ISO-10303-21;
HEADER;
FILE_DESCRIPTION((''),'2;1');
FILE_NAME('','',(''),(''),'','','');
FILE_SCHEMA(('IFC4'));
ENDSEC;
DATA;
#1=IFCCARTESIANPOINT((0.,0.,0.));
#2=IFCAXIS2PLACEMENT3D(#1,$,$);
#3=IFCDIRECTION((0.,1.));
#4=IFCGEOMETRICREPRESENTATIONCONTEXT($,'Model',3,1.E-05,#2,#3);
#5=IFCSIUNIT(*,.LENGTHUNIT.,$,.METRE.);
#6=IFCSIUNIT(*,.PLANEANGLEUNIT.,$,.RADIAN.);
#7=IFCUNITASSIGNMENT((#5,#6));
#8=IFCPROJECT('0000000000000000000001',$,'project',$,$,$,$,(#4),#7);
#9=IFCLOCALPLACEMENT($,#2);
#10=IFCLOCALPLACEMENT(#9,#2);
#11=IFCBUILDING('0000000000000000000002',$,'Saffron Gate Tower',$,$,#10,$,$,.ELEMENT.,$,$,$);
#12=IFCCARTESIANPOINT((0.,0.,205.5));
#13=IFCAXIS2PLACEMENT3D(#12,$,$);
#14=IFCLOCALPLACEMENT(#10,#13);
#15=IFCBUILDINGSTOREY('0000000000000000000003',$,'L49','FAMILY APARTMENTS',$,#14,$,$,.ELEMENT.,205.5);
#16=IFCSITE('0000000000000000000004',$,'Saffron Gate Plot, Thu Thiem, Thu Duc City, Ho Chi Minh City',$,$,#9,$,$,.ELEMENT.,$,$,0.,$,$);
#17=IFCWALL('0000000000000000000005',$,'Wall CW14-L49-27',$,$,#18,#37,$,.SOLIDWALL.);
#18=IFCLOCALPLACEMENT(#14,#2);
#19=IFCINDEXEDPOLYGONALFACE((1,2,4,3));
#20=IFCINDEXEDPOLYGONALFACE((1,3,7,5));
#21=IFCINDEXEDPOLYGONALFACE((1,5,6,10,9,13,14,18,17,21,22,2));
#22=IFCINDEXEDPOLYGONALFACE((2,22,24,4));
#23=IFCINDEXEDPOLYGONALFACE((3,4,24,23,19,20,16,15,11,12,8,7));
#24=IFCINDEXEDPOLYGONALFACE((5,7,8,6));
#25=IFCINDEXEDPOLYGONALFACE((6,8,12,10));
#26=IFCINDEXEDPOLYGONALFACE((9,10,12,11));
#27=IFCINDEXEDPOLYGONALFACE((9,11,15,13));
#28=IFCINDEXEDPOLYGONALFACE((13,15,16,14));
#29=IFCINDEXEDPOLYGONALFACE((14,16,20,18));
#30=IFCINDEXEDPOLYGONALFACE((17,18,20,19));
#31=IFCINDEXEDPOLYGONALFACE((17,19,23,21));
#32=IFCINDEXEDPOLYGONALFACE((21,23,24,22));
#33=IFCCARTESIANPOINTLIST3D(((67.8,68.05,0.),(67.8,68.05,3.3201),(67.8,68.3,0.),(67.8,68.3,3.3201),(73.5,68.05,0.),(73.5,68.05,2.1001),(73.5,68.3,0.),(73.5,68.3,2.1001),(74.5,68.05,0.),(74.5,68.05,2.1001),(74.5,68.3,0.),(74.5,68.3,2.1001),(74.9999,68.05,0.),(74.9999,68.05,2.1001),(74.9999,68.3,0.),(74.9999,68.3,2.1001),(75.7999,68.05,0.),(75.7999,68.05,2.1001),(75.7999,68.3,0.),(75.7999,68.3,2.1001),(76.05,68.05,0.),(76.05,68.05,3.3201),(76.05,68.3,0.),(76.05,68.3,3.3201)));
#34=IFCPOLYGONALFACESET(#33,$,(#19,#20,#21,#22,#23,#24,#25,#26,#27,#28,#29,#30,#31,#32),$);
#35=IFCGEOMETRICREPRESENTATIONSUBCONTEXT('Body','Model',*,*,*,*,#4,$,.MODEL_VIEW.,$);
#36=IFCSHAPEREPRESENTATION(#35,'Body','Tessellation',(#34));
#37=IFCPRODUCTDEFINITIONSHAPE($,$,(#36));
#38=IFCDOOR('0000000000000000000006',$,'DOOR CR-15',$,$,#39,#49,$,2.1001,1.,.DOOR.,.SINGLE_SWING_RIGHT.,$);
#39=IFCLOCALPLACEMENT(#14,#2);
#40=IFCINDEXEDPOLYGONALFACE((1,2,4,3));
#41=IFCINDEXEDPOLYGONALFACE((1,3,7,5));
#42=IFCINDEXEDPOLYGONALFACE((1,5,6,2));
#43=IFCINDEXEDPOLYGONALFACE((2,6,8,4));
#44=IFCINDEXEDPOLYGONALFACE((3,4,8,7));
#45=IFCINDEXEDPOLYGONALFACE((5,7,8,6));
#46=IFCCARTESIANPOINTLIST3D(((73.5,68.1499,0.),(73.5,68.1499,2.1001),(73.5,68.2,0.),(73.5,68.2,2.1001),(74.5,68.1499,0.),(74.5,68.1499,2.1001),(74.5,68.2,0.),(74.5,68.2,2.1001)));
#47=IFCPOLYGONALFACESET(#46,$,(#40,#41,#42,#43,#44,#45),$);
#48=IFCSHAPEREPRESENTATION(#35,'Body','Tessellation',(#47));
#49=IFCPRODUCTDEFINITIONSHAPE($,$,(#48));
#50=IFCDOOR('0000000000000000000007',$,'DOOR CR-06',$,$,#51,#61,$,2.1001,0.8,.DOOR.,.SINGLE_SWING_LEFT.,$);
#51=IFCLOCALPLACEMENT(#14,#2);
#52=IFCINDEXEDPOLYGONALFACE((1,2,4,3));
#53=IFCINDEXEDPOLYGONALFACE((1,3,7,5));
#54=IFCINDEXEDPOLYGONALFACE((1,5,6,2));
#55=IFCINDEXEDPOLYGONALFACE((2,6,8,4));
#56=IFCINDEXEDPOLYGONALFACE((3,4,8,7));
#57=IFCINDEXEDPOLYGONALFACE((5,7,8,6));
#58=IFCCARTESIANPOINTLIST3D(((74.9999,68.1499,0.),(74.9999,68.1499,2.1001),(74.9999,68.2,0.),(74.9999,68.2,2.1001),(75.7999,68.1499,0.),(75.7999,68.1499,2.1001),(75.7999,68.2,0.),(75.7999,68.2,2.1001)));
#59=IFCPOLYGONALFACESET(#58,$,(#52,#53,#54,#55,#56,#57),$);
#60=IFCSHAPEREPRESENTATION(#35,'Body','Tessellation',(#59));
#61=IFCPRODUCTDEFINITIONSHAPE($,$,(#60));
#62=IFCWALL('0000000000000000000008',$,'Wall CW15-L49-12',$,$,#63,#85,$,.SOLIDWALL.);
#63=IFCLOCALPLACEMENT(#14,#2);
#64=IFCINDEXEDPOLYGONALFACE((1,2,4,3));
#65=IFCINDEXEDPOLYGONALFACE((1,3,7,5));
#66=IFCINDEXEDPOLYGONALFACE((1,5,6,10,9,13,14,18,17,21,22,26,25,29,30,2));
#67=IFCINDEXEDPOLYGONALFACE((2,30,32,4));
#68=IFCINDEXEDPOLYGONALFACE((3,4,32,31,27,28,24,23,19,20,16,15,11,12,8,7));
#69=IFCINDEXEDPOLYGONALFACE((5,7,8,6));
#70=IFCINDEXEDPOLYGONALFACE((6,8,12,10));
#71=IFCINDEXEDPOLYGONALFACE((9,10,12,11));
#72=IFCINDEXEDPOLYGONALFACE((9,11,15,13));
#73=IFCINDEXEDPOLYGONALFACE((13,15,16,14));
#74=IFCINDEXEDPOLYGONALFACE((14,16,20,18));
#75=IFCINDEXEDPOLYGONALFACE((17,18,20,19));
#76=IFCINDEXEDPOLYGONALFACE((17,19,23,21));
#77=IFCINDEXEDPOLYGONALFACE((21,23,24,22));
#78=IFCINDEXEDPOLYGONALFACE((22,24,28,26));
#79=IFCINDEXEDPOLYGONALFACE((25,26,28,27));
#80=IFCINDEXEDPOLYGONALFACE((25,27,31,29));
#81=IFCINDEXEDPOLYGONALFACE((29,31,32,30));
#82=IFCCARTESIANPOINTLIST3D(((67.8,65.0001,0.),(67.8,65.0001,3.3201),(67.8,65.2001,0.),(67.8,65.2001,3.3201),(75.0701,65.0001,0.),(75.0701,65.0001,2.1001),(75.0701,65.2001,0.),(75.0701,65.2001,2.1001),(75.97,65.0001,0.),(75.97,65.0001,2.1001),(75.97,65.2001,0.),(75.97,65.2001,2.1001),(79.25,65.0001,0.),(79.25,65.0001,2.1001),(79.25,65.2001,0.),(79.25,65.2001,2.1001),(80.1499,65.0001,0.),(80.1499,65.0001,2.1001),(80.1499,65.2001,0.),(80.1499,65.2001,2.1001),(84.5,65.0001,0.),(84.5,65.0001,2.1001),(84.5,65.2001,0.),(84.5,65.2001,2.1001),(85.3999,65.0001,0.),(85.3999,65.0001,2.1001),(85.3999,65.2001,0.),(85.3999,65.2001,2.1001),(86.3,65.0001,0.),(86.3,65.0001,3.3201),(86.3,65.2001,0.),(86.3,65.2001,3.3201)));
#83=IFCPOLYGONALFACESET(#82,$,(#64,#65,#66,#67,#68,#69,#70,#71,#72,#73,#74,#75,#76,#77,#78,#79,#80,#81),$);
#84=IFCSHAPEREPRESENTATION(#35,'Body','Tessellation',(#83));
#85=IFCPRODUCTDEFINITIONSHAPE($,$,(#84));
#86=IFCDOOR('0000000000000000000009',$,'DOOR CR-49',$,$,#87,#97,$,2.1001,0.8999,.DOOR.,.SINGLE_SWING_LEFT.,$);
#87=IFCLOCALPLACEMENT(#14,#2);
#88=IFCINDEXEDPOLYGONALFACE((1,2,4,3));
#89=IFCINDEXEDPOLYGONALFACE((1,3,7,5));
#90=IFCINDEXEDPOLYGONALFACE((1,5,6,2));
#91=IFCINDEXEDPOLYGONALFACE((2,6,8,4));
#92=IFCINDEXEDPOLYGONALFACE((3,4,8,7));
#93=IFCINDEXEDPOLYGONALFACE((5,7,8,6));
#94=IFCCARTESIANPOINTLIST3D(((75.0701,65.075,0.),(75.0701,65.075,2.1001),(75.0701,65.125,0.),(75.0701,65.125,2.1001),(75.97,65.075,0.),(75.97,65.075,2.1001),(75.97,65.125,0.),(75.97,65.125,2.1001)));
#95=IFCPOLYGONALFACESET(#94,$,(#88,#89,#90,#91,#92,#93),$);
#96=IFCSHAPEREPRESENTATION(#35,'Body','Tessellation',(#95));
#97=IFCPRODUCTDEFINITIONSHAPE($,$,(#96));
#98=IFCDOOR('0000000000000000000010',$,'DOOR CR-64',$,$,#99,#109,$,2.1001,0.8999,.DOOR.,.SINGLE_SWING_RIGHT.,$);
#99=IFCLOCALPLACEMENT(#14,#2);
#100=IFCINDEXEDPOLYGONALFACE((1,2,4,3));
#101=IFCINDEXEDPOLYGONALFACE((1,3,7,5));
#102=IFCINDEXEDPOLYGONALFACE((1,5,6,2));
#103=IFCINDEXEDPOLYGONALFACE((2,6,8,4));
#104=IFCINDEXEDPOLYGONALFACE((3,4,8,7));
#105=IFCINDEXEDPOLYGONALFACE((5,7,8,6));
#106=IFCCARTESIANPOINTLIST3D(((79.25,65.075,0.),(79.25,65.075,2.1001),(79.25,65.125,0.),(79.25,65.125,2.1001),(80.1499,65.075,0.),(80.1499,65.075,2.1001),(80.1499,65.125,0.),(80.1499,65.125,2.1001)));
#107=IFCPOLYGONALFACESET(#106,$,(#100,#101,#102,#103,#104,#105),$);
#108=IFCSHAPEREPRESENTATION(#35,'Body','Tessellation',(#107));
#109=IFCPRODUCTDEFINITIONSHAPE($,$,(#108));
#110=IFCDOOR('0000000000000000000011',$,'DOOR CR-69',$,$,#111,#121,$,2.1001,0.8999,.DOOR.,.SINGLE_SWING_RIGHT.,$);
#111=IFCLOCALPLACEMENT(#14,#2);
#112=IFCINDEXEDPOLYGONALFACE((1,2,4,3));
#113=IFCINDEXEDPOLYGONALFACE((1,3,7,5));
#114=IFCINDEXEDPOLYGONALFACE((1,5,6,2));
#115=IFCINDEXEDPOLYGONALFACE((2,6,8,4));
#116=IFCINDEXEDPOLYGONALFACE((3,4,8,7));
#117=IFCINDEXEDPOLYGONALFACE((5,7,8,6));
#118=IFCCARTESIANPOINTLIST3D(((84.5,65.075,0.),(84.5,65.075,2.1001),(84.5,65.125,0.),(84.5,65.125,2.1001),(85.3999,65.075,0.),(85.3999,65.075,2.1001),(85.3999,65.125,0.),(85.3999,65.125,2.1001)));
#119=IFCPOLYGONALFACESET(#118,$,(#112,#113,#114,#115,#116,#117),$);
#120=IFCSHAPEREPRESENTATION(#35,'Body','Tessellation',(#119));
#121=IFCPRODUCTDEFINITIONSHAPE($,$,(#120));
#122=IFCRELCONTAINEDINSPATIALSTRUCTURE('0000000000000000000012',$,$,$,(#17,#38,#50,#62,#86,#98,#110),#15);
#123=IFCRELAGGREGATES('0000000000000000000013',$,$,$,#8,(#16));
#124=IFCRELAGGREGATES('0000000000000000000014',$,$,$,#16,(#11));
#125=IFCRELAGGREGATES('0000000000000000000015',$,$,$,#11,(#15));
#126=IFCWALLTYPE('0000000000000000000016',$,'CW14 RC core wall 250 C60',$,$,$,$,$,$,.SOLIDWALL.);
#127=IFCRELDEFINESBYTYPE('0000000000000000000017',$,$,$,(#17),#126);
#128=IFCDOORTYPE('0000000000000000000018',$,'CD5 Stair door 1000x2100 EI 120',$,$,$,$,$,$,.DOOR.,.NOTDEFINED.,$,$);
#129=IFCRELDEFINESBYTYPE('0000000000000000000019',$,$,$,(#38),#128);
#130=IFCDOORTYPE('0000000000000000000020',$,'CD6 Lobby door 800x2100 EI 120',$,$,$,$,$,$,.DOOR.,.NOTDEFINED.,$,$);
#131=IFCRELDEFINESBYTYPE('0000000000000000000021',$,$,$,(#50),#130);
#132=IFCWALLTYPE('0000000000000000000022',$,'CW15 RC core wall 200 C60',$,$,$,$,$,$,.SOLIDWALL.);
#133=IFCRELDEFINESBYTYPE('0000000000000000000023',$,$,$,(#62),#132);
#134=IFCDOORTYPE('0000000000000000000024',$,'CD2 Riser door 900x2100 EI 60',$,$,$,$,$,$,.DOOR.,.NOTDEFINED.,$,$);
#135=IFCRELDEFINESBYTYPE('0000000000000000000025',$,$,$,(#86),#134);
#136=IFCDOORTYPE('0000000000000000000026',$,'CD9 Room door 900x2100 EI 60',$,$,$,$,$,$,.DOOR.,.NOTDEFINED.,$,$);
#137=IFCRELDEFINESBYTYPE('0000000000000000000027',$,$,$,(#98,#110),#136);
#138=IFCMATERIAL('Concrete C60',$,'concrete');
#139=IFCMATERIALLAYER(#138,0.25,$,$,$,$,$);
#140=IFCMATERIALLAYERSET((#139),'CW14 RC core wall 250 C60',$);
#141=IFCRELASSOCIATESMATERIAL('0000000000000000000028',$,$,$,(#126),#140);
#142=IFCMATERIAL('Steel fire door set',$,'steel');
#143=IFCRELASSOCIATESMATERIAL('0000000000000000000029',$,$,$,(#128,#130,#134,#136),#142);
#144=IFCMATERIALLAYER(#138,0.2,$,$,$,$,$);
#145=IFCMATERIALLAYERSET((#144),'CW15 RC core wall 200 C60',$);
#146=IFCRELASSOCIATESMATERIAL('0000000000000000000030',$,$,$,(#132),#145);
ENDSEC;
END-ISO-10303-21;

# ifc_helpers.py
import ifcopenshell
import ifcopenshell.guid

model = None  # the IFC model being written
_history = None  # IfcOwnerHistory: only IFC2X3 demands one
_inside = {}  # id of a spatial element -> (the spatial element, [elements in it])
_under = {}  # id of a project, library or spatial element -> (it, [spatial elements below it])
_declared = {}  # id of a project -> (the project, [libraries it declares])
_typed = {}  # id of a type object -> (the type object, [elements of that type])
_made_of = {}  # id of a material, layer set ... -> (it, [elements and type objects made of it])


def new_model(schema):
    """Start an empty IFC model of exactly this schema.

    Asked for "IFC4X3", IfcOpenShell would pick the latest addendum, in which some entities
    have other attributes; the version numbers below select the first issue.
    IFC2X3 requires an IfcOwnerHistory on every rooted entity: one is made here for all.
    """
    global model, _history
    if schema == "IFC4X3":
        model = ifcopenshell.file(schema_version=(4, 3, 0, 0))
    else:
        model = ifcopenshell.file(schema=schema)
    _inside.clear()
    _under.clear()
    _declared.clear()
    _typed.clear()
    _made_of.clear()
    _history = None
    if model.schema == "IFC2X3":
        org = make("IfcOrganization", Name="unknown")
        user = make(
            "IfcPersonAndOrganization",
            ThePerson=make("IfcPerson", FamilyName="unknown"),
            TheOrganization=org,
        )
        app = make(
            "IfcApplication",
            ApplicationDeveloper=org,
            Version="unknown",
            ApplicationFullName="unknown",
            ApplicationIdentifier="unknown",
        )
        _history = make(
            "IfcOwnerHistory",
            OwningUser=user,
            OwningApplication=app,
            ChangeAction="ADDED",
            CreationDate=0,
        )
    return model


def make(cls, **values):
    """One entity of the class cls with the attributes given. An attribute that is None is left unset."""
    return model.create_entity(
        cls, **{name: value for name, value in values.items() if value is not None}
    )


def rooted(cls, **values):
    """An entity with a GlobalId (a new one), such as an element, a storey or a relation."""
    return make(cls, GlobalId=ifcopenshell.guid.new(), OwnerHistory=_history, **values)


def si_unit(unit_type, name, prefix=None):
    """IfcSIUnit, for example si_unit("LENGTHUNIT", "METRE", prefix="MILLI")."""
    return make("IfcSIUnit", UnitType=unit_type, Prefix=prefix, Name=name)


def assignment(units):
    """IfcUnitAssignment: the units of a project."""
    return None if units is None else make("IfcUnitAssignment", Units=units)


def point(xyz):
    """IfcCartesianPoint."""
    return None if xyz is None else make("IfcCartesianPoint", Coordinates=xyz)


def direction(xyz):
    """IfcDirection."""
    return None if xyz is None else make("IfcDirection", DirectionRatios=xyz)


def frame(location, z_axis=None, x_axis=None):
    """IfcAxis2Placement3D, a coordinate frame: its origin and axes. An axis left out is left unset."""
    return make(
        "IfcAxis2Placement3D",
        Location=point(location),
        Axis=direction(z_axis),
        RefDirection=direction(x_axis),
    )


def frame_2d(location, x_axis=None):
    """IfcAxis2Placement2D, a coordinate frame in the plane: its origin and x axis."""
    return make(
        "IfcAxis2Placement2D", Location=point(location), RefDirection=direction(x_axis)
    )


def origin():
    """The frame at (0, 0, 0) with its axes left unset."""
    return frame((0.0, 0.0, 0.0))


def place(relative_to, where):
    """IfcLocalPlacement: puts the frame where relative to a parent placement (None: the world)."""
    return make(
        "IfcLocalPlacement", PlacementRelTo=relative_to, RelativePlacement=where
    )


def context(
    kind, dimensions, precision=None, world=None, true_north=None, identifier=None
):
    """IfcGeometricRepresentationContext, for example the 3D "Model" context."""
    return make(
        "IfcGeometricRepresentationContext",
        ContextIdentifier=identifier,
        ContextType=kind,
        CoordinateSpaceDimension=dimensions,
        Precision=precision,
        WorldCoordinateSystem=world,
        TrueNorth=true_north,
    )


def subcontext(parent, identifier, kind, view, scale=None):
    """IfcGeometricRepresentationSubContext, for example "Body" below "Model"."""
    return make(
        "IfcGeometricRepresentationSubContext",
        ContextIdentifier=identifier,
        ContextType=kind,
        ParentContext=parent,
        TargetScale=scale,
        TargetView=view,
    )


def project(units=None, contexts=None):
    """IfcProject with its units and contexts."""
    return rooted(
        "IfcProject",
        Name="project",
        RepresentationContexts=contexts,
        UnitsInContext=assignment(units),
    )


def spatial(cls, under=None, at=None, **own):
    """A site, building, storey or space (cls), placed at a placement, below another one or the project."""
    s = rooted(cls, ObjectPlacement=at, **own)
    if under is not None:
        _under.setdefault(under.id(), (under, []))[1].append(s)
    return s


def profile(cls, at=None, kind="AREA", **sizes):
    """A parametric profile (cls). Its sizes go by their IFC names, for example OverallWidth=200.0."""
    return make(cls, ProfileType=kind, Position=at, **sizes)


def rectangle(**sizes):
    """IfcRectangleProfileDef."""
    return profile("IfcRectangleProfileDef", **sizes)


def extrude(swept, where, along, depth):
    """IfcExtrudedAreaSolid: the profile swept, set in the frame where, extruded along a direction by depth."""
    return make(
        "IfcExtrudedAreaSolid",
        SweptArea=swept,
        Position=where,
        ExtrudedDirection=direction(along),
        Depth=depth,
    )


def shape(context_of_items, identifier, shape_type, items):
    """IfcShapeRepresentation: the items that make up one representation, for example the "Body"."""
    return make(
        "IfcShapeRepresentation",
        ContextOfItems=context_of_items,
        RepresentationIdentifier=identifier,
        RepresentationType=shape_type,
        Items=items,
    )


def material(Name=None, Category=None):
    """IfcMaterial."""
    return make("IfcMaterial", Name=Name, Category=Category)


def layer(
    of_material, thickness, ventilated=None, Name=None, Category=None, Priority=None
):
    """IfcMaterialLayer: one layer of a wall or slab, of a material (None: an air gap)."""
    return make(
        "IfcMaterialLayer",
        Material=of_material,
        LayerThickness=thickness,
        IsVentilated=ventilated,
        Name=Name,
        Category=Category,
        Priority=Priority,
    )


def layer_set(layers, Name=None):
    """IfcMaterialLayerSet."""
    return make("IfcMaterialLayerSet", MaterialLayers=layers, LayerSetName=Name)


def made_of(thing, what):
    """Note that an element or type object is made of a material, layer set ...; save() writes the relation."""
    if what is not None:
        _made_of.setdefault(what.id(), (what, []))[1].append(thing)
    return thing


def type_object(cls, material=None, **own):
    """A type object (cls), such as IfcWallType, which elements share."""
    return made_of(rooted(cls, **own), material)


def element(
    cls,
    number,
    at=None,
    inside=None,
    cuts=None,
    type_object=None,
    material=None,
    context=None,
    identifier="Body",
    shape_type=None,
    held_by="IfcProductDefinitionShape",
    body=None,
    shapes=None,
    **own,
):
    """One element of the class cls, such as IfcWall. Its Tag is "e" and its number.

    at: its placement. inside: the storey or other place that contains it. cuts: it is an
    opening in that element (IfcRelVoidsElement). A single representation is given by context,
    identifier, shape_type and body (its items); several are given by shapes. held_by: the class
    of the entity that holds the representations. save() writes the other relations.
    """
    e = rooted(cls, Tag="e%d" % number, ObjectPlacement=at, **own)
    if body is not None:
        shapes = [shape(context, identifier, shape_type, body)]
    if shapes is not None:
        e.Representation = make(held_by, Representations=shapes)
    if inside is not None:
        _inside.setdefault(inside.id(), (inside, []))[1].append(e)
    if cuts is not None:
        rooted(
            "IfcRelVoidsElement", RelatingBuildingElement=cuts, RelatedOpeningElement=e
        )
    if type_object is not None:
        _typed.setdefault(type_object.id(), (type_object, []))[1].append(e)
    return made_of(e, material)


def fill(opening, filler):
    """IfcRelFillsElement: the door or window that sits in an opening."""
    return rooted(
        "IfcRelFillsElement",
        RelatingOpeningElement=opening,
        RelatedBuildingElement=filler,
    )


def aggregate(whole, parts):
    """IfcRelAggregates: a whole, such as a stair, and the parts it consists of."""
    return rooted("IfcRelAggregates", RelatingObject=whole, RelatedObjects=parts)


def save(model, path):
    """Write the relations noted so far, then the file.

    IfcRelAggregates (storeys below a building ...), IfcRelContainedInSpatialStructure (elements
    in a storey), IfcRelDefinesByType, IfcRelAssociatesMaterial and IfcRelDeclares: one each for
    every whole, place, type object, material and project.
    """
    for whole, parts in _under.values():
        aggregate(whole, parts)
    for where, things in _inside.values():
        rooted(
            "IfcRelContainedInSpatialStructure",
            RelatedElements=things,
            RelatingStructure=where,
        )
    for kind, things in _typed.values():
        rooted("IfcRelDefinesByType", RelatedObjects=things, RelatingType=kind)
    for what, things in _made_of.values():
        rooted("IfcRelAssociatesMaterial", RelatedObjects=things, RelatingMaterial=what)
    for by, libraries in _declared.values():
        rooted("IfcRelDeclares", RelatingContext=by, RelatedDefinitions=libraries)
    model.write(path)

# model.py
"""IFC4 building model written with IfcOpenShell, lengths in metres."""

from ifc_helpers import new_model, si_unit, direction, frame, frame_2d, origin, place, context, subcontext, project, spatial, rectangle, extrude, material, layer, layer_set, type_object, element, fill, save


model = new_model("IFC4")

# Units and contexts
model_context = context("Model", 3, precision=1e-05, world=origin(), true_north=direction((0.0, 1.0)))
body_context = subcontext(model_context, "Body", "Model", "MODEL_VIEW")
ifc_project = project(units=[si_unit("LENGTHUNIT", "METRE"), si_unit("PLANEANGLEUNIT", "RADIAN")], contexts=[model_context])

# Site, building, storey
site_placement = place(None, origin())
site = spatial("IfcSite", under=ifc_project, at=site_placement, Name="Saffron Gate Plot, Thu Thiem, Thu Duc City, Ho Chi Minh City", CompositionType="ELEMENT", RefElevation=0.0)
building_placement = place(site_placement, origin())
building = spatial("IfcBuilding", under=site, at=building_placement, Name="Saffron Gate Tower", CompositionType="ELEMENT")
storey_placement = place(building_placement, frame((0.0, 0.0, 205.5)))
storey = spatial("IfcBuildingStorey", under=building, at=storey_placement, Name="L49", Description="FAMILY APARTMENTS", CompositionType="ELEMENT", Elevation=205.5)

# Walls, openings, doors
ifc_material_1 = material(Name="Concrete C60", Category="concrete")
ifc_layer_1 = layer(ifc_material_1, 0.25)
ifc_layer_set_1 = layer_set([ifc_layer_1], Name="CW14 RC core wall 250 C60")
wall_type_1 = type_object("IfcWallType", Name="CW14 RC core wall 250 C60", PredefinedType="SOLIDWALL", material=ifc_layer_set_1)
wall_1_placement = place(storey_placement, frame((67.8, 68.175, 0.0), z_axis=(0.0, 0.0, 1.0), x_axis=(1.0, 0.0, 0.0)))
wall_1 = element("IfcWall", 1, at=wall_1_placement, inside=storey, type_object=wall_type_1, Name="Wall CW14-L49-27", PredefinedType="SOLIDWALL", context=body_context, shape_type="SweptSolid", body=[
    extrude(rectangle(XDim=8.25, YDim=0.25, at=frame_2d((4.125, 0.0))), origin(), (0.0, 0.0, 1.0), 3.3201),
])
opening_1_placement = place(wall_1_placement, frame((5.7, 0.0, 0.0)))
opening_1 = element("IfcOpeningElement", 2, at=opening_1_placement, cuts=wall_1, PredefinedType="OPENING", context=body_context, shape_type="SweptSolid", body=[
    extrude(rectangle(XDim=1.0, YDim=2.1001, at=frame_2d((0.5, 1.05))), frame((0.0, 0.135, 0.0), z_axis=(0.0, -1.0, 0.0), x_axis=(1.0, 0.0, 0.0)), (0.0, 0.0, 1.0), 0.27),
])
opening_2_placement = place(wall_1_placement, frame((7.2, 0.0, 0.0)))
opening_2 = element("IfcOpeningElement", 3, at=opening_2_placement, cuts=wall_1, PredefinedType="OPENING", context=body_context, shape_type="SweptSolid", body=[
    extrude(rectangle(XDim=0.8, YDim=2.1001, at=frame_2d((0.3999, 1.05))), frame((0.0, 0.135, 0.0), z_axis=(0.0, -1.0, 0.0), x_axis=(1.0, 0.0, 0.0)), (0.0, 0.0, 1.0), 0.27),
])
ifc_material_2 = material(Name="Steel fire door set", Category="steel")
door_type_1 = type_object("IfcDoorType", Name="CD5 Stair door 1000x2100 EI 120", OperationType="NOTDEFINED", PredefinedType="DOOR", material=ifc_material_2)
door_1_placement = place(opening_1_placement, origin())
door_1 = element("IfcDoor", 4, at=door_1_placement, inside=storey, type_object=door_type_1, Name="DOOR CR-15", OperationType="SINGLE_SWING_RIGHT", OverallHeight=2.1001, OverallWidth=1.0, PredefinedType="DOOR", context=body_context, shape_type="SweptSolid", body=[
    extrude(rectangle(XDim=1.0, YDim=2.1001, at=frame_2d((0.5, 1.05))), frame((0.0, 0.0249, 0.0), z_axis=(0.0, -1.0, 0.0), x_axis=(1.0, 0.0, 0.0)), (0.0, 0.0, 1.0), 0.05),
])
fill(opening_1, door_1)
door_type_2 = type_object("IfcDoorType", Name="CD6 Lobby door 800x2100 EI 120", OperationType="NOTDEFINED", PredefinedType="DOOR", material=ifc_material_2)
door_2_placement = place(opening_2_placement, origin())
door_2 = element("IfcDoor", 5, at=door_2_placement, inside=storey, type_object=door_type_2, Name="DOOR CR-06", OperationType="SINGLE_SWING_LEFT", OverallHeight=2.1001, OverallWidth=0.8, PredefinedType="DOOR", context=body_context, shape_type="SweptSolid", body=[
    extrude(rectangle(XDim=0.8, YDim=2.1001, at=frame_2d((0.3999, 1.05))), frame((0.0, 0.0249, 0.0), z_axis=(0.0, -1.0, 0.0), x_axis=(1.0, 0.0, 0.0)), (0.0, 0.0, 1.0), 0.05),
])
fill(opening_2, door_2)
ifc_layer_2 = layer(ifc_material_1, 0.2)
ifc_layer_set_2 = layer_set([ifc_layer_2], Name="CW15 RC core wall 200 C60")
wall_type_2 = type_object("IfcWallType", Name="CW15 RC core wall 200 C60", PredefinedType="SOLIDWALL", material=ifc_layer_set_2)
wall_2_placement = place(storey_placement, frame((67.8, 65.1001, 0.0), z_axis=(0.0, 0.0, 1.0), x_axis=(1.0, 0.0, 0.0)))
wall_2 = element("IfcWall", 6, at=wall_2_placement, inside=storey, type_object=wall_type_2, Name="Wall CW15-L49-12", PredefinedType="SOLIDWALL", context=body_context, shape_type="SweptSolid", body=[
    extrude(rectangle(XDim=18.5, YDim=0.2, at=frame_2d((9.25, 0.0))), origin(), (0.0, 0.0, 1.0), 3.3201),
])
opening_3_placement = place(wall_2_placement, frame((7.27, 0.0, 0.0)))
opening_3 = element("IfcOpeningElement", 7, at=opening_3_placement, cuts=wall_2, PredefinedType="OPENING", context=body_context, shape_type="SweptSolid", body=[
    extrude(rectangle(XDim=0.8999, YDim=2.1001, at=frame_2d((0.45, 1.05))), frame((0.0, 0.1099, 0.0), z_axis=(0.0, -1.0, 0.0), x_axis=(1.0, 0.0, 0.0)), (0.0, 0.0, 1.0), 0.22),
])
opening_4_placement = place(wall_2_placement, frame((11.45, 0.0, 0.0)))
opening_4 = element("IfcOpeningElement", 8, at=opening_4_placement, cuts=wall_2, PredefinedType="OPENING", context=body_context, shape_type="SweptSolid", body=[
    extrude(rectangle(XDim=0.8999, YDim=2.1001, at=frame_2d((0.45, 1.05))), frame((0.0, 0.1099, 0.0), z_axis=(0.0, -1.0, 0.0), x_axis=(1.0, 0.0, 0.0)), (0.0, 0.0, 1.0), 0.22),
])
opening_5_placement = place(wall_2_placement, frame((16.7, 0.0, 0.0)))
opening_5 = element("IfcOpeningElement", 9, at=opening_5_placement, cuts=wall_2, PredefinedType="OPENING", context=body_context, shape_type="SweptSolid", body=[
    extrude(rectangle(XDim=0.8999, YDim=2.1001, at=frame_2d((0.45, 1.05))), frame((0.0, 0.1099, 0.0), z_axis=(0.0, -1.0, 0.0), x_axis=(1.0, 0.0, 0.0)), (0.0, 0.0, 1.0), 0.22),
])
door_type_3 = type_object("IfcDoorType", Name="CD2 Riser door 900x2100 EI 60", OperationType="NOTDEFINED", PredefinedType="DOOR", material=ifc_material_2)
door_3_placement = place(opening_3_placement, origin())
door_3 = element("IfcDoor", 10, at=door_3_placement, inside=storey, type_object=door_type_3, Name="DOOR CR-49", OperationType="SINGLE_SWING_LEFT", OverallHeight=2.1001, OverallWidth=0.8999, PredefinedType="DOOR", context=body_context, shape_type="SweptSolid", body=[
    extrude(rectangle(XDim=0.8999, YDim=2.1001, at=frame_2d((0.45, 1.05))), frame((0.0, 0.0249, 0.0), z_axis=(0.0, -1.0, 0.0), x_axis=(1.0, 0.0, 0.0)), (0.0, 0.0, 1.0), 0.05),
])
fill(opening_3, door_3)
door_type_4 = type_object("IfcDoorType", Name="CD9 Room door 900x2100 EI 60", OperationType="NOTDEFINED", PredefinedType="DOOR", material=ifc_material_2)
door_4_placement = place(opening_4_placement, origin())
door_4 = element("IfcDoor", 11, at=door_4_placement, inside=storey, type_object=door_type_4, Name="DOOR CR-64", OperationType="SINGLE_SWING_RIGHT", OverallHeight=2.1001, OverallWidth=0.8999, PredefinedType="DOOR", context=body_context, shape_type="SweptSolid", body=[
    extrude(rectangle(XDim=0.8999, YDim=2.1001, at=frame_2d((0.45, 1.05))), frame((0.0, 0.0249, 0.0), z_axis=(0.0, -1.0, 0.0), x_axis=(1.0, 0.0, 0.0)), (0.0, 0.0, 1.0), 0.05),
])
fill(opening_4, door_4)
door_5_placement = place(opening_5_placement, origin())
door_5 = element("IfcDoor", 12, at=door_5_placement, inside=storey, type_object=door_type_4, Name="DOOR CR-69", OperationType="SINGLE_SWING_RIGHT", OverallHeight=2.1001, OverallWidth=0.8999, PredefinedType="DOOR", context=body_context, shape_type="SweptSolid", body=[
    extrude(rectangle(XDim=0.8999, YDim=2.1001, at=frame_2d((0.45, 1.05))), frame((0.0, 0.0249, 0.0), z_axis=(0.0, -1.0, 0.0), x_axis=(1.0, 0.0, 0.0)), (0.0, 0.0, 1.0), 0.05),
])
fill(opening_5, door_5)

save(model, "model.ifc")
